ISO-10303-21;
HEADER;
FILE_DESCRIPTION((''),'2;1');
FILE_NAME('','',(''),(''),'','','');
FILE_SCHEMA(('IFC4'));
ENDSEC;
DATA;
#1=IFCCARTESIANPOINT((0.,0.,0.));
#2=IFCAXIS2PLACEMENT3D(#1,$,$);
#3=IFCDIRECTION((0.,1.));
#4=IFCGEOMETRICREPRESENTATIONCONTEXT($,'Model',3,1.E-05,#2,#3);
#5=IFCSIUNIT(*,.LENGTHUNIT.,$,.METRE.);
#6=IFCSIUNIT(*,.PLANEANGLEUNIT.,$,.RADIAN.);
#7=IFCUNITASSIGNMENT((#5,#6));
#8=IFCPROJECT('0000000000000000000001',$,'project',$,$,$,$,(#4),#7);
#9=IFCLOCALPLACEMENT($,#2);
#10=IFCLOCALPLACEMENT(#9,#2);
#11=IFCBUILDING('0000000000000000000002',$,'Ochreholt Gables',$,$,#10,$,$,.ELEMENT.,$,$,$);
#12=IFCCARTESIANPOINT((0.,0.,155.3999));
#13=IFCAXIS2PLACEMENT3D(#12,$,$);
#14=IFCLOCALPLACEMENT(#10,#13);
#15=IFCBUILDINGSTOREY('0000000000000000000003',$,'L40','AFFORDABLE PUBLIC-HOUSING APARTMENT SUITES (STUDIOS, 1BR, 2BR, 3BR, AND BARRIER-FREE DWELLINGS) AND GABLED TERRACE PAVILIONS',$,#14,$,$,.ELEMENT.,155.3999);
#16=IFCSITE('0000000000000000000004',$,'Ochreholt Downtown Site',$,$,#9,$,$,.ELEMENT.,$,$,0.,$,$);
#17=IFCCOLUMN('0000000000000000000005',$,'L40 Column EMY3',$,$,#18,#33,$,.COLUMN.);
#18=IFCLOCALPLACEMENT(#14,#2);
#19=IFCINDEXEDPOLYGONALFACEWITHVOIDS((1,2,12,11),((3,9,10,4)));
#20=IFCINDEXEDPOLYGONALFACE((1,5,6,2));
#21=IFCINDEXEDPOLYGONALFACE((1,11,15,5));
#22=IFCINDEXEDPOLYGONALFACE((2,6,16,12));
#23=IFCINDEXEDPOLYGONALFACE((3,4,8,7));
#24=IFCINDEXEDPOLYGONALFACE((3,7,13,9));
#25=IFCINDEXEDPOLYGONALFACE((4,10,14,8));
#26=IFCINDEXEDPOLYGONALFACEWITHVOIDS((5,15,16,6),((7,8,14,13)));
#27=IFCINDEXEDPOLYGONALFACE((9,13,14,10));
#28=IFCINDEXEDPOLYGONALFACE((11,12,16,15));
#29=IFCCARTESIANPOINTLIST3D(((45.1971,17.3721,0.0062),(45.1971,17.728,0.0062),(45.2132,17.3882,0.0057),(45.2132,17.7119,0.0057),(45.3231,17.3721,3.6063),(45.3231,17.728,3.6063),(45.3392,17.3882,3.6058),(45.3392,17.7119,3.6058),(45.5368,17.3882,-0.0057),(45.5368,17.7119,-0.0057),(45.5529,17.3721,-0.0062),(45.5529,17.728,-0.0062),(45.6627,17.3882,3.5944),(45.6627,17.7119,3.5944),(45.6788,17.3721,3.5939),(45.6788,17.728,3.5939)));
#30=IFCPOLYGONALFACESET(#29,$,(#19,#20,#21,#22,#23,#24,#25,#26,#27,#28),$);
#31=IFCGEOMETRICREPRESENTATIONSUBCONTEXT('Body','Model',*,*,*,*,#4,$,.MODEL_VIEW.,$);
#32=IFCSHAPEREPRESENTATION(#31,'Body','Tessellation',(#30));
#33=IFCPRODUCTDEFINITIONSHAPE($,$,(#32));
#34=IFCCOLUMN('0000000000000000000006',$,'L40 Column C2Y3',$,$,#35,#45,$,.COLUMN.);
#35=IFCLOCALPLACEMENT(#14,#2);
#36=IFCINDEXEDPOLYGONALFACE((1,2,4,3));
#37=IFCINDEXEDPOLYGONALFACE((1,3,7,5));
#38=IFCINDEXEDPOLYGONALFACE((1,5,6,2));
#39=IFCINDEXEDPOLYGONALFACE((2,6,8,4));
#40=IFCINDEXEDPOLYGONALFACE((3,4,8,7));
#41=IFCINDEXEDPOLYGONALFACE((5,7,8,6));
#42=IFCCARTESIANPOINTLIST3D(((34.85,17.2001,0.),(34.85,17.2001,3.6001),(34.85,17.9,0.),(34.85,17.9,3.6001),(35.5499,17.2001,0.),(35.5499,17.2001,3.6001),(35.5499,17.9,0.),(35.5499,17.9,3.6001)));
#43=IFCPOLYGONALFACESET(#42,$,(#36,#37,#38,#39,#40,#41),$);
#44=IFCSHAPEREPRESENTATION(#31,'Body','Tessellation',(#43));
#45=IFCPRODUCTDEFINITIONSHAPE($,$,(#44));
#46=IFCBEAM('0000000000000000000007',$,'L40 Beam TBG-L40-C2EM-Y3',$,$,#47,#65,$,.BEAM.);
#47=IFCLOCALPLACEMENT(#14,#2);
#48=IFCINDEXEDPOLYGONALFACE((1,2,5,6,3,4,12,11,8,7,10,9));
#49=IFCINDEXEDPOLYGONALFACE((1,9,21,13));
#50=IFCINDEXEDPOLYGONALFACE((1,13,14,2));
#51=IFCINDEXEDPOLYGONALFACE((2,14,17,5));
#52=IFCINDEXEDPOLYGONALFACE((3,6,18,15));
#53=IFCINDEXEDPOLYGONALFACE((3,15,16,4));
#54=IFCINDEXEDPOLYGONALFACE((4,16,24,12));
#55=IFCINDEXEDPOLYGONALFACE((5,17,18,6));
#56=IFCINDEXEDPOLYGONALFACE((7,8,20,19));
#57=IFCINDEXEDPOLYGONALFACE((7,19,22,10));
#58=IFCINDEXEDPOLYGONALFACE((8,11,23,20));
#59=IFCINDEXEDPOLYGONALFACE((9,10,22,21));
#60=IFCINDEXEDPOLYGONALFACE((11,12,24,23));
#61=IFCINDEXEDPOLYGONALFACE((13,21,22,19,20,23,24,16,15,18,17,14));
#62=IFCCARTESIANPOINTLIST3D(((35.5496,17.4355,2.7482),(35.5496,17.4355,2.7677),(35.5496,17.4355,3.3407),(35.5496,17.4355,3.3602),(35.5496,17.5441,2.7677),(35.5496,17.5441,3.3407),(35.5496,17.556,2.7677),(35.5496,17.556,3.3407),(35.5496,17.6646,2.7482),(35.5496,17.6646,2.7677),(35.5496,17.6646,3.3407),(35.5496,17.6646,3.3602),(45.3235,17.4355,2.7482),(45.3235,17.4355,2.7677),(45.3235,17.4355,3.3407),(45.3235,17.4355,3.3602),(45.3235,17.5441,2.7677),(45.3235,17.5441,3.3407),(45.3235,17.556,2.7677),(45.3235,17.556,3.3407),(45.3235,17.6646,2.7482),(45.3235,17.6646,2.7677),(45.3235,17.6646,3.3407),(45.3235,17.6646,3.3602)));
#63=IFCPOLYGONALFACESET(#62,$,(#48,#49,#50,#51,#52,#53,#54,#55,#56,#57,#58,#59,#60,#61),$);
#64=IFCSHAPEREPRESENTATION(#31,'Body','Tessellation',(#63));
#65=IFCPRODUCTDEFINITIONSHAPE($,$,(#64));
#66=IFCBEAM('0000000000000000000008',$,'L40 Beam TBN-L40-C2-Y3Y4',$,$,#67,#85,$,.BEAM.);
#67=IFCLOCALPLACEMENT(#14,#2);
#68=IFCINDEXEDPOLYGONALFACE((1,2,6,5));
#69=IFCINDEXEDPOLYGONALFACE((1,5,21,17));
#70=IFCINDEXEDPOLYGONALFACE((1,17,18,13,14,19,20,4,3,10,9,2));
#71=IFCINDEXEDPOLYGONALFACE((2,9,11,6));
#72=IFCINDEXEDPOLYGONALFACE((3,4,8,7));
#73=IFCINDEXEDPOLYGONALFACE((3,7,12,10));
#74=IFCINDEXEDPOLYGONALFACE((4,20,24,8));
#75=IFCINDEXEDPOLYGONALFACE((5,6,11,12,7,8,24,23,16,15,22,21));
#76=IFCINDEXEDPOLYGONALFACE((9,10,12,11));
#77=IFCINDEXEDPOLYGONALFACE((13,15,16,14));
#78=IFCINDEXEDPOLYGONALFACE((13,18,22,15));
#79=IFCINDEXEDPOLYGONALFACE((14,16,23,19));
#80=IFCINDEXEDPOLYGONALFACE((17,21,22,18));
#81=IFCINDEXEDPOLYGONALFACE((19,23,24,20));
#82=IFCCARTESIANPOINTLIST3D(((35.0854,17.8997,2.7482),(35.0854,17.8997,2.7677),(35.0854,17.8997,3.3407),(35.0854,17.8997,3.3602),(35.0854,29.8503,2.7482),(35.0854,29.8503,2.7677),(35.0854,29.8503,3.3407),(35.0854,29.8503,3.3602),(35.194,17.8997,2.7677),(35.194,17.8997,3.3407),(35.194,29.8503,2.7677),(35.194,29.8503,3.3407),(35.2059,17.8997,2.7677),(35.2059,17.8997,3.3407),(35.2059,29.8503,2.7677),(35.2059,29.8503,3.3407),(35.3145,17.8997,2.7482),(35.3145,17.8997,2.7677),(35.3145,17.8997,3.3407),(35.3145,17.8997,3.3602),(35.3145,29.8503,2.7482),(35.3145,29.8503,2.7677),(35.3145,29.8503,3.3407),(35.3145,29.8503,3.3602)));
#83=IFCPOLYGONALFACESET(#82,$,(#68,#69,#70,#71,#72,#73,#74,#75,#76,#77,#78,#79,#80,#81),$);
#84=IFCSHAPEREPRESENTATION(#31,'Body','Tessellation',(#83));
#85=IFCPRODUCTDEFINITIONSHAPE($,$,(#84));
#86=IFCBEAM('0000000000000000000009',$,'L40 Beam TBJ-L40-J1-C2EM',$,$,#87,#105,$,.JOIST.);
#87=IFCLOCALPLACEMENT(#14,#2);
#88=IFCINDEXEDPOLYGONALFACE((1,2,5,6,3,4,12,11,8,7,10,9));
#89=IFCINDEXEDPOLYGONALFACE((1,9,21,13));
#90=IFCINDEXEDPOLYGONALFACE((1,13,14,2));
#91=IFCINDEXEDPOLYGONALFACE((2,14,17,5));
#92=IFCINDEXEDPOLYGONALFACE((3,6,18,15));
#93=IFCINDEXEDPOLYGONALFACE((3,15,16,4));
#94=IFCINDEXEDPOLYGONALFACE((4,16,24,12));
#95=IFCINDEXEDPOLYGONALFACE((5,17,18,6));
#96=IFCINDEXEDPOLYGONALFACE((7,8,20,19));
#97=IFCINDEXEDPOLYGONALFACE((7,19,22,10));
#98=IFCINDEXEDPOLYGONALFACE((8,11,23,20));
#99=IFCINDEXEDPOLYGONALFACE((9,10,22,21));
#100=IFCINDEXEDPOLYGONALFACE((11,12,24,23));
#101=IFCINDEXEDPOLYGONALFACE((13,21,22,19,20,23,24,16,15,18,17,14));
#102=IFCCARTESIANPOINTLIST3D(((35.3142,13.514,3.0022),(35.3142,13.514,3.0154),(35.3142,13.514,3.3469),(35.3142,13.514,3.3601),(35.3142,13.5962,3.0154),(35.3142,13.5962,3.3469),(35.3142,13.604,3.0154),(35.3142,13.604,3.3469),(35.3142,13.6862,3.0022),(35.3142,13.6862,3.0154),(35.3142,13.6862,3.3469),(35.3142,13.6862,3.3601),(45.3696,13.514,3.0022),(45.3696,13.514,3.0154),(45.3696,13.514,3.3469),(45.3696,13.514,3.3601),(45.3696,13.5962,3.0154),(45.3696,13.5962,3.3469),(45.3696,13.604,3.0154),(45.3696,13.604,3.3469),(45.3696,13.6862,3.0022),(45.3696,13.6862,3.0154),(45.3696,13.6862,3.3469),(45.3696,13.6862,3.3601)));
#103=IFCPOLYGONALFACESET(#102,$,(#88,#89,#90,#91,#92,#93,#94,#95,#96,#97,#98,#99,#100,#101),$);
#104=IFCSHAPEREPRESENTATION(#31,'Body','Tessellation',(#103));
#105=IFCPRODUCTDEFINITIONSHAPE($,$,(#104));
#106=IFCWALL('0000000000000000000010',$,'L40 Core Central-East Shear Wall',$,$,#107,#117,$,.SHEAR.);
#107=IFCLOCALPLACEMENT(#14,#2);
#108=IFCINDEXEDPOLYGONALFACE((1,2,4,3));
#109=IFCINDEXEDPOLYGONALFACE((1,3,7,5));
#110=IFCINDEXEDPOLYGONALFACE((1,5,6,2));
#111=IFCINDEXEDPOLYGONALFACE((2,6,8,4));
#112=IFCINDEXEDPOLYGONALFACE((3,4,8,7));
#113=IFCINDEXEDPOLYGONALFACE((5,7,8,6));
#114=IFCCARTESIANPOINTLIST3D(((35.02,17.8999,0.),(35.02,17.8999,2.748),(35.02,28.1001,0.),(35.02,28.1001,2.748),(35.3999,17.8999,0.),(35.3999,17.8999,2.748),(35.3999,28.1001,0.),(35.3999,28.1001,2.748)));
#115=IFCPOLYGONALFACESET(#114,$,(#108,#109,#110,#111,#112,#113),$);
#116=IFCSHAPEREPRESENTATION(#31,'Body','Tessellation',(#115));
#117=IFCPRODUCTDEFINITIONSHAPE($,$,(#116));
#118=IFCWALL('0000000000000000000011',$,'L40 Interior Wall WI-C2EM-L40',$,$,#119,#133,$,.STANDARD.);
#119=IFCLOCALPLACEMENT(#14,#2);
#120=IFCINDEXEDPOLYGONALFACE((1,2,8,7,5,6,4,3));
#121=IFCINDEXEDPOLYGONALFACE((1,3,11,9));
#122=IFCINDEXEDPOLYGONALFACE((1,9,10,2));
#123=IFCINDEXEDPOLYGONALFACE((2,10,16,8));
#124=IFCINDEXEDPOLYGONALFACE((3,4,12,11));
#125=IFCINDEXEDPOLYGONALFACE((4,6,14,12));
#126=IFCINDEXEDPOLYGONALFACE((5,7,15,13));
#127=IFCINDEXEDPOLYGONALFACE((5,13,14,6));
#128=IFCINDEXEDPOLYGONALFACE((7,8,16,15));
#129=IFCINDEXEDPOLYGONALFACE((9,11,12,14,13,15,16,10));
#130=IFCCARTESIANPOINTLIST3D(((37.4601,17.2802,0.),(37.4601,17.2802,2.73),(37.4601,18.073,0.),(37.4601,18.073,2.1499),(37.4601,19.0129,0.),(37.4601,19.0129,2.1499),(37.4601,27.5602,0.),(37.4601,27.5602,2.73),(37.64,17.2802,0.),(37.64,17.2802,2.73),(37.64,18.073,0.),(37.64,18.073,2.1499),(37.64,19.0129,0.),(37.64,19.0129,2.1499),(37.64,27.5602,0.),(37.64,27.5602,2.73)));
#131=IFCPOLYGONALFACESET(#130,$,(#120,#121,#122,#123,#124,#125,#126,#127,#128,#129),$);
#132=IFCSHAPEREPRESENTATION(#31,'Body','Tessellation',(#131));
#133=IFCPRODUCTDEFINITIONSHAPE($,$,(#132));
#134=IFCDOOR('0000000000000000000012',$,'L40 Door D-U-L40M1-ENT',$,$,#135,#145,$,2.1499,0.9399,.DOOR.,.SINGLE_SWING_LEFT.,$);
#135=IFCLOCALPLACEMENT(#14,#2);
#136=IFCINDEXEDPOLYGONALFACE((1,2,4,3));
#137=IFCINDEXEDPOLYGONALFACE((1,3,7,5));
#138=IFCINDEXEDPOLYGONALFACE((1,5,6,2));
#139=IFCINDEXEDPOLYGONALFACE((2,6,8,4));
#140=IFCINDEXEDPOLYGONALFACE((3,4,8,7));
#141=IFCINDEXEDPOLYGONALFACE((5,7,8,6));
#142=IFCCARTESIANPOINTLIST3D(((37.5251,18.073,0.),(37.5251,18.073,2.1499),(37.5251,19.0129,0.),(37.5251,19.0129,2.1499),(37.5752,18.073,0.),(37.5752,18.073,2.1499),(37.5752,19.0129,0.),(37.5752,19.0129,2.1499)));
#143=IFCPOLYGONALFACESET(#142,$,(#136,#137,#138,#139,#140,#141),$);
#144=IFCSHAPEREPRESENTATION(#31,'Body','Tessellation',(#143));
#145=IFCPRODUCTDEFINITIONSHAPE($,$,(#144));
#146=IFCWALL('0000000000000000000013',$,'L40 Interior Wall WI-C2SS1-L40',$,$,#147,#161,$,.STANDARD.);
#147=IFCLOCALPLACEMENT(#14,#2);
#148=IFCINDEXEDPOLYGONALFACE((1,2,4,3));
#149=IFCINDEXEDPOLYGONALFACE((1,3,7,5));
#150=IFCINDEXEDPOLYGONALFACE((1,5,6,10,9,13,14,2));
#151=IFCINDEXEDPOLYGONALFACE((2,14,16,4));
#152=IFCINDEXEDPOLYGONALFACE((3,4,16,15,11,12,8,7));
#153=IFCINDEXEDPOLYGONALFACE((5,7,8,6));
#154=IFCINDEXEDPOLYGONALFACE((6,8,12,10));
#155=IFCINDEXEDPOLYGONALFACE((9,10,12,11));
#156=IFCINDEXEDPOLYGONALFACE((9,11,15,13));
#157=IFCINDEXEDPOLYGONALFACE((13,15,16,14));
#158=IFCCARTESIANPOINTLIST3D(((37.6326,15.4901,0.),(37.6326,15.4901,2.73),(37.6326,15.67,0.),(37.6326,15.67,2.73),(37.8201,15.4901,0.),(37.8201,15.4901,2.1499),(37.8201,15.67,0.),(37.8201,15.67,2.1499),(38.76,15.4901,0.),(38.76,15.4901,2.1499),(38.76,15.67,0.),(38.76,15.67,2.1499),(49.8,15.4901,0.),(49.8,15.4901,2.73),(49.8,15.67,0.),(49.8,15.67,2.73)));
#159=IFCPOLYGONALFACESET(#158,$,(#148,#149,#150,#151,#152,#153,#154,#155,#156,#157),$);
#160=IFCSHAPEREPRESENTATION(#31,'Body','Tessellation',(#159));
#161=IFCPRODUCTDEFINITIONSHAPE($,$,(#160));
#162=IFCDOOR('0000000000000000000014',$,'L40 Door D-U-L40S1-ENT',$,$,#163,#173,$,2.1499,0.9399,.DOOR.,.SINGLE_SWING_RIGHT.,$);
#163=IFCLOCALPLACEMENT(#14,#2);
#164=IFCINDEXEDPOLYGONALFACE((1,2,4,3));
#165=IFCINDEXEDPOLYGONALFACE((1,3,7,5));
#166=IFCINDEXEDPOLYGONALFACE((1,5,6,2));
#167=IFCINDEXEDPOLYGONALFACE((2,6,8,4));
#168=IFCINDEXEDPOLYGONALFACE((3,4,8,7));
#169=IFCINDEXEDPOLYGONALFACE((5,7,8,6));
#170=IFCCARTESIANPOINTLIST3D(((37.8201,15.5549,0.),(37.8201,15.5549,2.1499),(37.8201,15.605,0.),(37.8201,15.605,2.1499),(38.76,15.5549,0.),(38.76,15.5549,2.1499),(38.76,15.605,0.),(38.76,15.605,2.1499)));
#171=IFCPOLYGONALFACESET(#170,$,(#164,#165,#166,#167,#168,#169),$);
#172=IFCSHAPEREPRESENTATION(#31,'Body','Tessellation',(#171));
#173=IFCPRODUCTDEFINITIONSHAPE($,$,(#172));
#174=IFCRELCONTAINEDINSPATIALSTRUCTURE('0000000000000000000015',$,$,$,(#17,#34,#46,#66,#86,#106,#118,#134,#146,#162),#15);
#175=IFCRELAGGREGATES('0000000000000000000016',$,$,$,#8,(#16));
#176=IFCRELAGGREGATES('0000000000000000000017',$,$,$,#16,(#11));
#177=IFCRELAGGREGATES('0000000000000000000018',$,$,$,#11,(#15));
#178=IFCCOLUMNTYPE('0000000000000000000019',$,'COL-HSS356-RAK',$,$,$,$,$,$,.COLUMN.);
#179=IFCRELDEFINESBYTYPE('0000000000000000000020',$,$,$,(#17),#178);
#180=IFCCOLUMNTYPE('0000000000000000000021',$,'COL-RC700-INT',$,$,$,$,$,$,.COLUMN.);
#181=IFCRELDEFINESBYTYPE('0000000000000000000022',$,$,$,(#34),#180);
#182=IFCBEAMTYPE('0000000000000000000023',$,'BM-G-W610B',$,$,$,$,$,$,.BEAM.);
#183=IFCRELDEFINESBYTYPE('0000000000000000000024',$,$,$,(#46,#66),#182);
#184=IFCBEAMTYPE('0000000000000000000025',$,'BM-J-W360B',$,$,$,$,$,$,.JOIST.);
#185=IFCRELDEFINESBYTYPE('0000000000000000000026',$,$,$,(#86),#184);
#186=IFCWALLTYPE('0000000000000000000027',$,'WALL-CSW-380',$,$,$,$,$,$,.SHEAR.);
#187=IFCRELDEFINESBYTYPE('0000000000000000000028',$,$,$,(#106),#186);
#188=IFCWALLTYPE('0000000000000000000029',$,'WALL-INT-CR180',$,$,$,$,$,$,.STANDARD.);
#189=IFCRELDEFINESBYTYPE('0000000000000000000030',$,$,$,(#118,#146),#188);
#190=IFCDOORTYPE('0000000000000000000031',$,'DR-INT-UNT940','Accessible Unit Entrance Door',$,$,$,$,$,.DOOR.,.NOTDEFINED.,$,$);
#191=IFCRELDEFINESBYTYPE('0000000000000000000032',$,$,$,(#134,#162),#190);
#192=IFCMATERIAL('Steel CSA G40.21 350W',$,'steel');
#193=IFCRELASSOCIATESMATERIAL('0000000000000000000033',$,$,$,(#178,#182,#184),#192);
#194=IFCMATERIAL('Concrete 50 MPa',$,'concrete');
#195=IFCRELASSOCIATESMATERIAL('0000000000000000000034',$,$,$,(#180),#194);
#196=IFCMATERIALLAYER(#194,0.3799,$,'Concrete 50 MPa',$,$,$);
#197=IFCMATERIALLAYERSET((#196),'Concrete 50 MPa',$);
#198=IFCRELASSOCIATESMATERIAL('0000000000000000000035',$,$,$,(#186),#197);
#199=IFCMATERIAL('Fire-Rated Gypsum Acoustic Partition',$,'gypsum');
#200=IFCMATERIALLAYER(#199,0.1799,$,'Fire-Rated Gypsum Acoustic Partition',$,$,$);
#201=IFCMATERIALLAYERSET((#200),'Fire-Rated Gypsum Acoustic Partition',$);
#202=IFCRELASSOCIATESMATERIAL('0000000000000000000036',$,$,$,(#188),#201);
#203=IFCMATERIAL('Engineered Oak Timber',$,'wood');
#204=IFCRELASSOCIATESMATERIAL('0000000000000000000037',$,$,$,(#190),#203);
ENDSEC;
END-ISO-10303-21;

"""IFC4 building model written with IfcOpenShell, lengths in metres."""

from ifc_helpers import new_model, si_unit, direction, frame, frame_2d, origin, origin_2d, place, context, subcontext, project, spatial, rectangle, hollow_rectangle, i_section, extrude, material, layer, layer_set, material_profile, profile_set, type_object, element, fill, save


model = new_model("IFC4")

# Units and contexts
model_context = context("Model", 3, precision=1e-05, world=origin(), true_north=direction((0.0, 1.0)))
body_context = subcontext(model_context, "Body", "Model", "MODEL_VIEW")
ifc_project = project(units=[si_unit("LENGTHUNIT", "METRE"), si_unit("PLANEANGLEUNIT", "RADIAN")], contexts=[model_context])

# Site, building, storey
site_placement = place(None, origin())
site = spatial("IfcSite", under=ifc_project, at=site_placement, Name="Ochreholt Downtown Site", CompositionType="ELEMENT", RefElevation=0.0)
building_placement = place(site_placement, origin())
building = spatial("IfcBuilding", under=site, at=building_placement, Name="Ochreholt Gables", CompositionType="ELEMENT")
storey_placement = place(building_placement, frame((0.0, 0.0, 155.3999)))
storey = spatial("IfcBuildingStorey", under=building, at=storey_placement, Name="L40", Description="AFFORDABLE PUBLIC-HOUSING APARTMENT SUITES (STUDIOS, 1BR, 2BR, 3BR, AND BARRIER-FREE DWELLINGS) AND GABLED TERRACE PAVILIONS", CompositionType="ELEMENT", Elevation=155.3999)

# Columns
ifc_material_1 = material(Name="Steel CSA G40.21 350W", Category="steel")
ifc_material_profile_1 = material_profile(ifc_material_1, hollow_rectangle(XDim=0.356, YDim=0.356, WallThickness=0.0161, at=origin_2d()), Name="HSS356X356X16")
ifc_profile_set_1 = profile_set([ifc_material_profile_1], Name="Steel CSA G40.21 350W")
column_type_1 = type_object("IfcColumnType", Name="COL-HSS356-RAK", PredefinedType="COLUMN", material=ifc_profile_set_1)
column_1_placement = place(storey_placement, frame((45.375, 17.55, 0.0), z_axis=(0.034971, 0.0, 0.999388), x_axis=(0.0, 1.0, 0.0)))
element("IfcColumn", 1, at=column_1_placement, inside=storey, type_object=column_type_1, Name="L40 Column EMY3", PredefinedType="COLUMN", context=body_context, shape_type="SweptSolid", body=[
    extrude(hollow_rectangle(XDim=0.356, YDim=0.356, WallThickness=0.0161, at=origin_2d()), origin(), (0.0, 0.0, 1.0), 3.6023),
])
ifc_material_2 = material(Name="Concrete 50 MPa", Category="concrete")
ifc_material_profile_2 = material_profile(ifc_material_2, rectangle(XDim=0.7, YDim=0.7, at=origin_2d()), Name="RC700X700")
ifc_profile_set_2 = profile_set([ifc_material_profile_2], Name="Concrete 50 MPa")
column_type_2 = type_object("IfcColumnType", Name="COL-RC700-INT", PredefinedType="COLUMN", material=ifc_profile_set_2)
column_2_placement = place(storey_placement, frame((35.2, 17.55, 0.0), z_axis=(0.0, 0.0, 1.0), x_axis=(1.0, 0.0, 0.0)))
element("IfcColumn", 2, at=column_2_placement, inside=storey, type_object=column_type_2, Name="L40 Column C2Y3", PredefinedType="COLUMN", context=body_context, shape_type="SweptSolid", body=[
    extrude(rectangle(XDim=0.7, YDim=0.7, at=origin_2d()), origin(), (0.0, 0.0, 1.0), 3.6001),
])

# Beams
ifc_material_profile_3 = material_profile(ifc_material_1, i_section(OverallWidth=0.229, OverallDepth=0.6121, WebThickness=0.012, FlangeThickness=0.0195, at=origin_2d()), Name="W610X125")
ifc_profile_set_3 = profile_set([ifc_material_profile_3], Name="Steel CSA G40.21 350W")
beam_type_1 = type_object("IfcBeamType", Name="BM-G-W610B", PredefinedType="BEAM", material=ifc_profile_set_3)
beam_1_placement = place(storey_placement, frame((35.5496, 17.55, 3.0542), z_axis=(1.0, 0.0, 0.0), x_axis=(0.0, 1.0, 0.0)))
element("IfcBeam", 3, at=beam_1_placement, inside=storey, type_object=beam_type_1, Name="L40 Beam TBG-L40-C2EM-Y3", PredefinedType="BEAM", context=body_context, shape_type="SweptSolid", body=[
    extrude(i_section(OverallWidth=0.229, OverallDepth=0.6121, WebThickness=0.012, FlangeThickness=0.0195, at=origin_2d()), origin(), (0.0, 0.0, 1.0), 9.7739),
])
beam_2_placement = place(storey_placement, frame((35.2, 17.8997, 3.0542), z_axis=(0.0, 1.0, 0.0), x_axis=(-1.0, 0.0, 0.0)))
element("IfcBeam", 4, at=beam_2_placement, inside=storey, type_object=beam_type_1, Name="L40 Beam TBN-L40-C2-Y3Y4", PredefinedType="BEAM", context=body_context, shape_type="SweptSolid", body=[
    extrude(i_section(OverallWidth=0.229, OverallDepth=0.6121, WebThickness=0.012, FlangeThickness=0.0195, at=origin_2d()), origin(), (0.0, 0.0, 1.0), 11.9507),
])
ifc_material_profile_4 = material_profile(ifc_material_1, i_section(OverallWidth=0.1721, OverallDepth=0.3579, WebThickness=0.0078, FlangeThickness=0.0132, at=origin_2d()), Name="W360X57")
ifc_profile_set_4 = profile_set([ifc_material_profile_4], Name="Steel CSA G40.21 350W")
beam_type_2 = type_object("IfcBeamType", Name="BM-J-W360B", PredefinedType="JOIST", material=ifc_profile_set_4)
beam_3_placement = place(storey_placement, frame((35.3142, 13.6001, 3.1812), z_axis=(1.0, 0.0, 0.0), x_axis=(0.0, 1.0, 0.0)))
element("IfcBeam", 5, at=beam_3_placement, inside=storey, type_object=beam_type_2, Name="L40 Beam TBJ-L40-J1-C2EM", PredefinedType="JOIST", context=body_context, shape_type="SweptSolid", body=[
    extrude(i_section(OverallWidth=0.1721, OverallDepth=0.3579, WebThickness=0.0078, FlangeThickness=0.0132, at=origin_2d()), origin(), (0.0, 0.0, 1.0), 10.0554),
])

# Wall
ifc_layer_1 = layer(ifc_material_2, 0.3799, Name="Concrete 50 MPa")
ifc_layer_set_1 = layer_set([ifc_layer_1], Name="Concrete 50 MPa")
wall_type_1 = type_object("IfcWallType", Name="WALL-CSW-380", PredefinedType="SHEAR", material=ifc_layer_set_1)
wall_1_placement = place(storey_placement, frame((35.21, 17.8999, 0.0), z_axis=(0.0, 0.0, 1.0), x_axis=(0.0, 1.0, 0.0)))
element("IfcWall", 6, at=wall_1_placement, inside=storey, type_object=wall_type_1, Name="L40 Core Central-East Shear Wall", PredefinedType="SHEAR", context=body_context, shape_type="SweptSolid", body=[
    extrude(rectangle(XDim=10.2002, YDim=0.3799, at=frame_2d((5.1001, 0.0))), origin(), (0.0, 0.0, 1.0), 2.748),
])

# Walls, openings, doors
ifc_material_3 = material(Name="Fire-Rated Gypsum Acoustic Partition", Category="gypsum")
ifc_layer_2 = layer(ifc_material_3, 0.1799, Name="Fire-Rated Gypsum Acoustic Partition")
ifc_layer_set_2 = layer_set([ifc_layer_2], Name="Fire-Rated Gypsum Acoustic Partition")
wall_type_2 = type_object("IfcWallType", Name="WALL-INT-CR180", PredefinedType="STANDARD", material=ifc_layer_set_2)
wall_2_placement = place(storey_placement, frame((37.55, 17.28, 0.0), z_axis=(0.0, 0.0, 1.0), x_axis=(0.0, 1.0, 0.0)))
wall_2 = element("IfcWall", 7, at=wall_2_placement, inside=storey, type_object=wall_type_2, Name="L40 Interior Wall WI-C2EM-L40", PredefinedType="STANDARD", context=body_context, shape_type="SweptSolid", body=[
    extrude(rectangle(XDim=10.28, YDim=0.1799, at=frame_2d((5.1401, 0.0))), origin(), (0.0, 0.0, 1.0), 2.73),
])
opening_1_placement = place(wall_2_placement, frame((0.793, 0.0, 0.0)))
opening_1 = element("IfcOpeningElement", 8, at=opening_1_placement, cuts=wall_2, PredefinedType="OPENING", context=body_context, shape_type="SweptSolid", body=[
    extrude(rectangle(XDim=0.9399, YDim=2.1499, at=frame_2d((0.47, 1.075))), frame((0.0, 0.0999, 0.0), z_axis=(0.0, -1.0, 0.0), x_axis=(1.0, 0.0, 0.0)), (0.0, 0.0, 1.0), 0.2),
])
ifc_material_4 = material(Name="Engineered Oak Timber", Category="wood")
door_type_1 = type_object("IfcDoorType", Name="DR-INT-UNT940", Description="Accessible Unit Entrance Door", OperationType="NOTDEFINED", PredefinedType="DOOR", material=ifc_material_4)
door_1_placement = place(opening_1_placement, origin())
door_1 = element("IfcDoor", 9, at=door_1_placement, inside=storey, type_object=door_type_1, Name="L40 Door D-U-L40M1-ENT", OperationType="SINGLE_SWING_LEFT", OverallHeight=2.1499, OverallWidth=0.9399, PredefinedType="DOOR", context=body_context, shape_type="SweptSolid", body=[
    extrude(rectangle(XDim=0.9399, YDim=2.1499, at=frame_2d((0.47, 1.075))), frame((0.0, 0.0249, 0.0), z_axis=(0.0, -1.0, 0.0), x_axis=(1.0, 0.0, 0.0)), (0.0, 0.0, 1.0), 0.05),
])
fill(opening_1, door_1)
wall_3_placement = place(storey_placement, frame((37.6326, 15.5801, 0.0), z_axis=(0.0, 0.0, 1.0), x_axis=(1.0, 0.0, 0.0)))
wall_3 = element("IfcWall", 10, at=wall_3_placement, inside=storey, type_object=wall_type_2, Name="L40 Interior Wall WI-C2SS1-L40", PredefinedType="STANDARD", context=body_context, shape_type="SweptSolid", body=[
    extrude(rectangle(XDim=12.1675, YDim=0.1799, at=frame_2d((6.0837, 0.0))), origin(), (0.0, 0.0, 1.0), 2.73),
])
opening_2_placement = place(wall_3_placement, frame((0.1875, 0.0, 0.0)))
opening_2 = element("IfcOpeningElement", 11, at=opening_2_placement, cuts=wall_3, PredefinedType="OPENING", context=body_context, shape_type="SweptSolid", body=[
    extrude(rectangle(XDim=0.9399, YDim=2.1499, at=frame_2d((0.47, 1.075))), frame((0.0, 0.0999, 0.0), z_axis=(0.0, -1.0, 0.0), x_axis=(1.0, 0.0, 0.0)), (0.0, 0.0, 1.0), 0.2),
])
door_2_placement = place(opening_2_placement, origin())
door_2 = element("IfcDoor", 12, at=door_2_placement, inside=storey, type_object=door_type_1, Name="L40 Door D-U-L40S1-ENT", OperationType="SINGLE_SWING_RIGHT", OverallHeight=2.1499, OverallWidth=0.9399, PredefinedType="DOOR", context=body_context, shape_type="SweptSolid", body=[
    extrude(rectangle(XDim=0.9399, YDim=2.1499, at=frame_2d((0.47, 1.075))), frame((0.0, 0.0249, 0.0), z_axis=(0.0, -1.0, 0.0), x_axis=(1.0, 0.0, 0.0)), (0.0, 0.0, 1.0), 0.05),
])
fill(opening_2, door_2)

save(model, "model.ifc")
